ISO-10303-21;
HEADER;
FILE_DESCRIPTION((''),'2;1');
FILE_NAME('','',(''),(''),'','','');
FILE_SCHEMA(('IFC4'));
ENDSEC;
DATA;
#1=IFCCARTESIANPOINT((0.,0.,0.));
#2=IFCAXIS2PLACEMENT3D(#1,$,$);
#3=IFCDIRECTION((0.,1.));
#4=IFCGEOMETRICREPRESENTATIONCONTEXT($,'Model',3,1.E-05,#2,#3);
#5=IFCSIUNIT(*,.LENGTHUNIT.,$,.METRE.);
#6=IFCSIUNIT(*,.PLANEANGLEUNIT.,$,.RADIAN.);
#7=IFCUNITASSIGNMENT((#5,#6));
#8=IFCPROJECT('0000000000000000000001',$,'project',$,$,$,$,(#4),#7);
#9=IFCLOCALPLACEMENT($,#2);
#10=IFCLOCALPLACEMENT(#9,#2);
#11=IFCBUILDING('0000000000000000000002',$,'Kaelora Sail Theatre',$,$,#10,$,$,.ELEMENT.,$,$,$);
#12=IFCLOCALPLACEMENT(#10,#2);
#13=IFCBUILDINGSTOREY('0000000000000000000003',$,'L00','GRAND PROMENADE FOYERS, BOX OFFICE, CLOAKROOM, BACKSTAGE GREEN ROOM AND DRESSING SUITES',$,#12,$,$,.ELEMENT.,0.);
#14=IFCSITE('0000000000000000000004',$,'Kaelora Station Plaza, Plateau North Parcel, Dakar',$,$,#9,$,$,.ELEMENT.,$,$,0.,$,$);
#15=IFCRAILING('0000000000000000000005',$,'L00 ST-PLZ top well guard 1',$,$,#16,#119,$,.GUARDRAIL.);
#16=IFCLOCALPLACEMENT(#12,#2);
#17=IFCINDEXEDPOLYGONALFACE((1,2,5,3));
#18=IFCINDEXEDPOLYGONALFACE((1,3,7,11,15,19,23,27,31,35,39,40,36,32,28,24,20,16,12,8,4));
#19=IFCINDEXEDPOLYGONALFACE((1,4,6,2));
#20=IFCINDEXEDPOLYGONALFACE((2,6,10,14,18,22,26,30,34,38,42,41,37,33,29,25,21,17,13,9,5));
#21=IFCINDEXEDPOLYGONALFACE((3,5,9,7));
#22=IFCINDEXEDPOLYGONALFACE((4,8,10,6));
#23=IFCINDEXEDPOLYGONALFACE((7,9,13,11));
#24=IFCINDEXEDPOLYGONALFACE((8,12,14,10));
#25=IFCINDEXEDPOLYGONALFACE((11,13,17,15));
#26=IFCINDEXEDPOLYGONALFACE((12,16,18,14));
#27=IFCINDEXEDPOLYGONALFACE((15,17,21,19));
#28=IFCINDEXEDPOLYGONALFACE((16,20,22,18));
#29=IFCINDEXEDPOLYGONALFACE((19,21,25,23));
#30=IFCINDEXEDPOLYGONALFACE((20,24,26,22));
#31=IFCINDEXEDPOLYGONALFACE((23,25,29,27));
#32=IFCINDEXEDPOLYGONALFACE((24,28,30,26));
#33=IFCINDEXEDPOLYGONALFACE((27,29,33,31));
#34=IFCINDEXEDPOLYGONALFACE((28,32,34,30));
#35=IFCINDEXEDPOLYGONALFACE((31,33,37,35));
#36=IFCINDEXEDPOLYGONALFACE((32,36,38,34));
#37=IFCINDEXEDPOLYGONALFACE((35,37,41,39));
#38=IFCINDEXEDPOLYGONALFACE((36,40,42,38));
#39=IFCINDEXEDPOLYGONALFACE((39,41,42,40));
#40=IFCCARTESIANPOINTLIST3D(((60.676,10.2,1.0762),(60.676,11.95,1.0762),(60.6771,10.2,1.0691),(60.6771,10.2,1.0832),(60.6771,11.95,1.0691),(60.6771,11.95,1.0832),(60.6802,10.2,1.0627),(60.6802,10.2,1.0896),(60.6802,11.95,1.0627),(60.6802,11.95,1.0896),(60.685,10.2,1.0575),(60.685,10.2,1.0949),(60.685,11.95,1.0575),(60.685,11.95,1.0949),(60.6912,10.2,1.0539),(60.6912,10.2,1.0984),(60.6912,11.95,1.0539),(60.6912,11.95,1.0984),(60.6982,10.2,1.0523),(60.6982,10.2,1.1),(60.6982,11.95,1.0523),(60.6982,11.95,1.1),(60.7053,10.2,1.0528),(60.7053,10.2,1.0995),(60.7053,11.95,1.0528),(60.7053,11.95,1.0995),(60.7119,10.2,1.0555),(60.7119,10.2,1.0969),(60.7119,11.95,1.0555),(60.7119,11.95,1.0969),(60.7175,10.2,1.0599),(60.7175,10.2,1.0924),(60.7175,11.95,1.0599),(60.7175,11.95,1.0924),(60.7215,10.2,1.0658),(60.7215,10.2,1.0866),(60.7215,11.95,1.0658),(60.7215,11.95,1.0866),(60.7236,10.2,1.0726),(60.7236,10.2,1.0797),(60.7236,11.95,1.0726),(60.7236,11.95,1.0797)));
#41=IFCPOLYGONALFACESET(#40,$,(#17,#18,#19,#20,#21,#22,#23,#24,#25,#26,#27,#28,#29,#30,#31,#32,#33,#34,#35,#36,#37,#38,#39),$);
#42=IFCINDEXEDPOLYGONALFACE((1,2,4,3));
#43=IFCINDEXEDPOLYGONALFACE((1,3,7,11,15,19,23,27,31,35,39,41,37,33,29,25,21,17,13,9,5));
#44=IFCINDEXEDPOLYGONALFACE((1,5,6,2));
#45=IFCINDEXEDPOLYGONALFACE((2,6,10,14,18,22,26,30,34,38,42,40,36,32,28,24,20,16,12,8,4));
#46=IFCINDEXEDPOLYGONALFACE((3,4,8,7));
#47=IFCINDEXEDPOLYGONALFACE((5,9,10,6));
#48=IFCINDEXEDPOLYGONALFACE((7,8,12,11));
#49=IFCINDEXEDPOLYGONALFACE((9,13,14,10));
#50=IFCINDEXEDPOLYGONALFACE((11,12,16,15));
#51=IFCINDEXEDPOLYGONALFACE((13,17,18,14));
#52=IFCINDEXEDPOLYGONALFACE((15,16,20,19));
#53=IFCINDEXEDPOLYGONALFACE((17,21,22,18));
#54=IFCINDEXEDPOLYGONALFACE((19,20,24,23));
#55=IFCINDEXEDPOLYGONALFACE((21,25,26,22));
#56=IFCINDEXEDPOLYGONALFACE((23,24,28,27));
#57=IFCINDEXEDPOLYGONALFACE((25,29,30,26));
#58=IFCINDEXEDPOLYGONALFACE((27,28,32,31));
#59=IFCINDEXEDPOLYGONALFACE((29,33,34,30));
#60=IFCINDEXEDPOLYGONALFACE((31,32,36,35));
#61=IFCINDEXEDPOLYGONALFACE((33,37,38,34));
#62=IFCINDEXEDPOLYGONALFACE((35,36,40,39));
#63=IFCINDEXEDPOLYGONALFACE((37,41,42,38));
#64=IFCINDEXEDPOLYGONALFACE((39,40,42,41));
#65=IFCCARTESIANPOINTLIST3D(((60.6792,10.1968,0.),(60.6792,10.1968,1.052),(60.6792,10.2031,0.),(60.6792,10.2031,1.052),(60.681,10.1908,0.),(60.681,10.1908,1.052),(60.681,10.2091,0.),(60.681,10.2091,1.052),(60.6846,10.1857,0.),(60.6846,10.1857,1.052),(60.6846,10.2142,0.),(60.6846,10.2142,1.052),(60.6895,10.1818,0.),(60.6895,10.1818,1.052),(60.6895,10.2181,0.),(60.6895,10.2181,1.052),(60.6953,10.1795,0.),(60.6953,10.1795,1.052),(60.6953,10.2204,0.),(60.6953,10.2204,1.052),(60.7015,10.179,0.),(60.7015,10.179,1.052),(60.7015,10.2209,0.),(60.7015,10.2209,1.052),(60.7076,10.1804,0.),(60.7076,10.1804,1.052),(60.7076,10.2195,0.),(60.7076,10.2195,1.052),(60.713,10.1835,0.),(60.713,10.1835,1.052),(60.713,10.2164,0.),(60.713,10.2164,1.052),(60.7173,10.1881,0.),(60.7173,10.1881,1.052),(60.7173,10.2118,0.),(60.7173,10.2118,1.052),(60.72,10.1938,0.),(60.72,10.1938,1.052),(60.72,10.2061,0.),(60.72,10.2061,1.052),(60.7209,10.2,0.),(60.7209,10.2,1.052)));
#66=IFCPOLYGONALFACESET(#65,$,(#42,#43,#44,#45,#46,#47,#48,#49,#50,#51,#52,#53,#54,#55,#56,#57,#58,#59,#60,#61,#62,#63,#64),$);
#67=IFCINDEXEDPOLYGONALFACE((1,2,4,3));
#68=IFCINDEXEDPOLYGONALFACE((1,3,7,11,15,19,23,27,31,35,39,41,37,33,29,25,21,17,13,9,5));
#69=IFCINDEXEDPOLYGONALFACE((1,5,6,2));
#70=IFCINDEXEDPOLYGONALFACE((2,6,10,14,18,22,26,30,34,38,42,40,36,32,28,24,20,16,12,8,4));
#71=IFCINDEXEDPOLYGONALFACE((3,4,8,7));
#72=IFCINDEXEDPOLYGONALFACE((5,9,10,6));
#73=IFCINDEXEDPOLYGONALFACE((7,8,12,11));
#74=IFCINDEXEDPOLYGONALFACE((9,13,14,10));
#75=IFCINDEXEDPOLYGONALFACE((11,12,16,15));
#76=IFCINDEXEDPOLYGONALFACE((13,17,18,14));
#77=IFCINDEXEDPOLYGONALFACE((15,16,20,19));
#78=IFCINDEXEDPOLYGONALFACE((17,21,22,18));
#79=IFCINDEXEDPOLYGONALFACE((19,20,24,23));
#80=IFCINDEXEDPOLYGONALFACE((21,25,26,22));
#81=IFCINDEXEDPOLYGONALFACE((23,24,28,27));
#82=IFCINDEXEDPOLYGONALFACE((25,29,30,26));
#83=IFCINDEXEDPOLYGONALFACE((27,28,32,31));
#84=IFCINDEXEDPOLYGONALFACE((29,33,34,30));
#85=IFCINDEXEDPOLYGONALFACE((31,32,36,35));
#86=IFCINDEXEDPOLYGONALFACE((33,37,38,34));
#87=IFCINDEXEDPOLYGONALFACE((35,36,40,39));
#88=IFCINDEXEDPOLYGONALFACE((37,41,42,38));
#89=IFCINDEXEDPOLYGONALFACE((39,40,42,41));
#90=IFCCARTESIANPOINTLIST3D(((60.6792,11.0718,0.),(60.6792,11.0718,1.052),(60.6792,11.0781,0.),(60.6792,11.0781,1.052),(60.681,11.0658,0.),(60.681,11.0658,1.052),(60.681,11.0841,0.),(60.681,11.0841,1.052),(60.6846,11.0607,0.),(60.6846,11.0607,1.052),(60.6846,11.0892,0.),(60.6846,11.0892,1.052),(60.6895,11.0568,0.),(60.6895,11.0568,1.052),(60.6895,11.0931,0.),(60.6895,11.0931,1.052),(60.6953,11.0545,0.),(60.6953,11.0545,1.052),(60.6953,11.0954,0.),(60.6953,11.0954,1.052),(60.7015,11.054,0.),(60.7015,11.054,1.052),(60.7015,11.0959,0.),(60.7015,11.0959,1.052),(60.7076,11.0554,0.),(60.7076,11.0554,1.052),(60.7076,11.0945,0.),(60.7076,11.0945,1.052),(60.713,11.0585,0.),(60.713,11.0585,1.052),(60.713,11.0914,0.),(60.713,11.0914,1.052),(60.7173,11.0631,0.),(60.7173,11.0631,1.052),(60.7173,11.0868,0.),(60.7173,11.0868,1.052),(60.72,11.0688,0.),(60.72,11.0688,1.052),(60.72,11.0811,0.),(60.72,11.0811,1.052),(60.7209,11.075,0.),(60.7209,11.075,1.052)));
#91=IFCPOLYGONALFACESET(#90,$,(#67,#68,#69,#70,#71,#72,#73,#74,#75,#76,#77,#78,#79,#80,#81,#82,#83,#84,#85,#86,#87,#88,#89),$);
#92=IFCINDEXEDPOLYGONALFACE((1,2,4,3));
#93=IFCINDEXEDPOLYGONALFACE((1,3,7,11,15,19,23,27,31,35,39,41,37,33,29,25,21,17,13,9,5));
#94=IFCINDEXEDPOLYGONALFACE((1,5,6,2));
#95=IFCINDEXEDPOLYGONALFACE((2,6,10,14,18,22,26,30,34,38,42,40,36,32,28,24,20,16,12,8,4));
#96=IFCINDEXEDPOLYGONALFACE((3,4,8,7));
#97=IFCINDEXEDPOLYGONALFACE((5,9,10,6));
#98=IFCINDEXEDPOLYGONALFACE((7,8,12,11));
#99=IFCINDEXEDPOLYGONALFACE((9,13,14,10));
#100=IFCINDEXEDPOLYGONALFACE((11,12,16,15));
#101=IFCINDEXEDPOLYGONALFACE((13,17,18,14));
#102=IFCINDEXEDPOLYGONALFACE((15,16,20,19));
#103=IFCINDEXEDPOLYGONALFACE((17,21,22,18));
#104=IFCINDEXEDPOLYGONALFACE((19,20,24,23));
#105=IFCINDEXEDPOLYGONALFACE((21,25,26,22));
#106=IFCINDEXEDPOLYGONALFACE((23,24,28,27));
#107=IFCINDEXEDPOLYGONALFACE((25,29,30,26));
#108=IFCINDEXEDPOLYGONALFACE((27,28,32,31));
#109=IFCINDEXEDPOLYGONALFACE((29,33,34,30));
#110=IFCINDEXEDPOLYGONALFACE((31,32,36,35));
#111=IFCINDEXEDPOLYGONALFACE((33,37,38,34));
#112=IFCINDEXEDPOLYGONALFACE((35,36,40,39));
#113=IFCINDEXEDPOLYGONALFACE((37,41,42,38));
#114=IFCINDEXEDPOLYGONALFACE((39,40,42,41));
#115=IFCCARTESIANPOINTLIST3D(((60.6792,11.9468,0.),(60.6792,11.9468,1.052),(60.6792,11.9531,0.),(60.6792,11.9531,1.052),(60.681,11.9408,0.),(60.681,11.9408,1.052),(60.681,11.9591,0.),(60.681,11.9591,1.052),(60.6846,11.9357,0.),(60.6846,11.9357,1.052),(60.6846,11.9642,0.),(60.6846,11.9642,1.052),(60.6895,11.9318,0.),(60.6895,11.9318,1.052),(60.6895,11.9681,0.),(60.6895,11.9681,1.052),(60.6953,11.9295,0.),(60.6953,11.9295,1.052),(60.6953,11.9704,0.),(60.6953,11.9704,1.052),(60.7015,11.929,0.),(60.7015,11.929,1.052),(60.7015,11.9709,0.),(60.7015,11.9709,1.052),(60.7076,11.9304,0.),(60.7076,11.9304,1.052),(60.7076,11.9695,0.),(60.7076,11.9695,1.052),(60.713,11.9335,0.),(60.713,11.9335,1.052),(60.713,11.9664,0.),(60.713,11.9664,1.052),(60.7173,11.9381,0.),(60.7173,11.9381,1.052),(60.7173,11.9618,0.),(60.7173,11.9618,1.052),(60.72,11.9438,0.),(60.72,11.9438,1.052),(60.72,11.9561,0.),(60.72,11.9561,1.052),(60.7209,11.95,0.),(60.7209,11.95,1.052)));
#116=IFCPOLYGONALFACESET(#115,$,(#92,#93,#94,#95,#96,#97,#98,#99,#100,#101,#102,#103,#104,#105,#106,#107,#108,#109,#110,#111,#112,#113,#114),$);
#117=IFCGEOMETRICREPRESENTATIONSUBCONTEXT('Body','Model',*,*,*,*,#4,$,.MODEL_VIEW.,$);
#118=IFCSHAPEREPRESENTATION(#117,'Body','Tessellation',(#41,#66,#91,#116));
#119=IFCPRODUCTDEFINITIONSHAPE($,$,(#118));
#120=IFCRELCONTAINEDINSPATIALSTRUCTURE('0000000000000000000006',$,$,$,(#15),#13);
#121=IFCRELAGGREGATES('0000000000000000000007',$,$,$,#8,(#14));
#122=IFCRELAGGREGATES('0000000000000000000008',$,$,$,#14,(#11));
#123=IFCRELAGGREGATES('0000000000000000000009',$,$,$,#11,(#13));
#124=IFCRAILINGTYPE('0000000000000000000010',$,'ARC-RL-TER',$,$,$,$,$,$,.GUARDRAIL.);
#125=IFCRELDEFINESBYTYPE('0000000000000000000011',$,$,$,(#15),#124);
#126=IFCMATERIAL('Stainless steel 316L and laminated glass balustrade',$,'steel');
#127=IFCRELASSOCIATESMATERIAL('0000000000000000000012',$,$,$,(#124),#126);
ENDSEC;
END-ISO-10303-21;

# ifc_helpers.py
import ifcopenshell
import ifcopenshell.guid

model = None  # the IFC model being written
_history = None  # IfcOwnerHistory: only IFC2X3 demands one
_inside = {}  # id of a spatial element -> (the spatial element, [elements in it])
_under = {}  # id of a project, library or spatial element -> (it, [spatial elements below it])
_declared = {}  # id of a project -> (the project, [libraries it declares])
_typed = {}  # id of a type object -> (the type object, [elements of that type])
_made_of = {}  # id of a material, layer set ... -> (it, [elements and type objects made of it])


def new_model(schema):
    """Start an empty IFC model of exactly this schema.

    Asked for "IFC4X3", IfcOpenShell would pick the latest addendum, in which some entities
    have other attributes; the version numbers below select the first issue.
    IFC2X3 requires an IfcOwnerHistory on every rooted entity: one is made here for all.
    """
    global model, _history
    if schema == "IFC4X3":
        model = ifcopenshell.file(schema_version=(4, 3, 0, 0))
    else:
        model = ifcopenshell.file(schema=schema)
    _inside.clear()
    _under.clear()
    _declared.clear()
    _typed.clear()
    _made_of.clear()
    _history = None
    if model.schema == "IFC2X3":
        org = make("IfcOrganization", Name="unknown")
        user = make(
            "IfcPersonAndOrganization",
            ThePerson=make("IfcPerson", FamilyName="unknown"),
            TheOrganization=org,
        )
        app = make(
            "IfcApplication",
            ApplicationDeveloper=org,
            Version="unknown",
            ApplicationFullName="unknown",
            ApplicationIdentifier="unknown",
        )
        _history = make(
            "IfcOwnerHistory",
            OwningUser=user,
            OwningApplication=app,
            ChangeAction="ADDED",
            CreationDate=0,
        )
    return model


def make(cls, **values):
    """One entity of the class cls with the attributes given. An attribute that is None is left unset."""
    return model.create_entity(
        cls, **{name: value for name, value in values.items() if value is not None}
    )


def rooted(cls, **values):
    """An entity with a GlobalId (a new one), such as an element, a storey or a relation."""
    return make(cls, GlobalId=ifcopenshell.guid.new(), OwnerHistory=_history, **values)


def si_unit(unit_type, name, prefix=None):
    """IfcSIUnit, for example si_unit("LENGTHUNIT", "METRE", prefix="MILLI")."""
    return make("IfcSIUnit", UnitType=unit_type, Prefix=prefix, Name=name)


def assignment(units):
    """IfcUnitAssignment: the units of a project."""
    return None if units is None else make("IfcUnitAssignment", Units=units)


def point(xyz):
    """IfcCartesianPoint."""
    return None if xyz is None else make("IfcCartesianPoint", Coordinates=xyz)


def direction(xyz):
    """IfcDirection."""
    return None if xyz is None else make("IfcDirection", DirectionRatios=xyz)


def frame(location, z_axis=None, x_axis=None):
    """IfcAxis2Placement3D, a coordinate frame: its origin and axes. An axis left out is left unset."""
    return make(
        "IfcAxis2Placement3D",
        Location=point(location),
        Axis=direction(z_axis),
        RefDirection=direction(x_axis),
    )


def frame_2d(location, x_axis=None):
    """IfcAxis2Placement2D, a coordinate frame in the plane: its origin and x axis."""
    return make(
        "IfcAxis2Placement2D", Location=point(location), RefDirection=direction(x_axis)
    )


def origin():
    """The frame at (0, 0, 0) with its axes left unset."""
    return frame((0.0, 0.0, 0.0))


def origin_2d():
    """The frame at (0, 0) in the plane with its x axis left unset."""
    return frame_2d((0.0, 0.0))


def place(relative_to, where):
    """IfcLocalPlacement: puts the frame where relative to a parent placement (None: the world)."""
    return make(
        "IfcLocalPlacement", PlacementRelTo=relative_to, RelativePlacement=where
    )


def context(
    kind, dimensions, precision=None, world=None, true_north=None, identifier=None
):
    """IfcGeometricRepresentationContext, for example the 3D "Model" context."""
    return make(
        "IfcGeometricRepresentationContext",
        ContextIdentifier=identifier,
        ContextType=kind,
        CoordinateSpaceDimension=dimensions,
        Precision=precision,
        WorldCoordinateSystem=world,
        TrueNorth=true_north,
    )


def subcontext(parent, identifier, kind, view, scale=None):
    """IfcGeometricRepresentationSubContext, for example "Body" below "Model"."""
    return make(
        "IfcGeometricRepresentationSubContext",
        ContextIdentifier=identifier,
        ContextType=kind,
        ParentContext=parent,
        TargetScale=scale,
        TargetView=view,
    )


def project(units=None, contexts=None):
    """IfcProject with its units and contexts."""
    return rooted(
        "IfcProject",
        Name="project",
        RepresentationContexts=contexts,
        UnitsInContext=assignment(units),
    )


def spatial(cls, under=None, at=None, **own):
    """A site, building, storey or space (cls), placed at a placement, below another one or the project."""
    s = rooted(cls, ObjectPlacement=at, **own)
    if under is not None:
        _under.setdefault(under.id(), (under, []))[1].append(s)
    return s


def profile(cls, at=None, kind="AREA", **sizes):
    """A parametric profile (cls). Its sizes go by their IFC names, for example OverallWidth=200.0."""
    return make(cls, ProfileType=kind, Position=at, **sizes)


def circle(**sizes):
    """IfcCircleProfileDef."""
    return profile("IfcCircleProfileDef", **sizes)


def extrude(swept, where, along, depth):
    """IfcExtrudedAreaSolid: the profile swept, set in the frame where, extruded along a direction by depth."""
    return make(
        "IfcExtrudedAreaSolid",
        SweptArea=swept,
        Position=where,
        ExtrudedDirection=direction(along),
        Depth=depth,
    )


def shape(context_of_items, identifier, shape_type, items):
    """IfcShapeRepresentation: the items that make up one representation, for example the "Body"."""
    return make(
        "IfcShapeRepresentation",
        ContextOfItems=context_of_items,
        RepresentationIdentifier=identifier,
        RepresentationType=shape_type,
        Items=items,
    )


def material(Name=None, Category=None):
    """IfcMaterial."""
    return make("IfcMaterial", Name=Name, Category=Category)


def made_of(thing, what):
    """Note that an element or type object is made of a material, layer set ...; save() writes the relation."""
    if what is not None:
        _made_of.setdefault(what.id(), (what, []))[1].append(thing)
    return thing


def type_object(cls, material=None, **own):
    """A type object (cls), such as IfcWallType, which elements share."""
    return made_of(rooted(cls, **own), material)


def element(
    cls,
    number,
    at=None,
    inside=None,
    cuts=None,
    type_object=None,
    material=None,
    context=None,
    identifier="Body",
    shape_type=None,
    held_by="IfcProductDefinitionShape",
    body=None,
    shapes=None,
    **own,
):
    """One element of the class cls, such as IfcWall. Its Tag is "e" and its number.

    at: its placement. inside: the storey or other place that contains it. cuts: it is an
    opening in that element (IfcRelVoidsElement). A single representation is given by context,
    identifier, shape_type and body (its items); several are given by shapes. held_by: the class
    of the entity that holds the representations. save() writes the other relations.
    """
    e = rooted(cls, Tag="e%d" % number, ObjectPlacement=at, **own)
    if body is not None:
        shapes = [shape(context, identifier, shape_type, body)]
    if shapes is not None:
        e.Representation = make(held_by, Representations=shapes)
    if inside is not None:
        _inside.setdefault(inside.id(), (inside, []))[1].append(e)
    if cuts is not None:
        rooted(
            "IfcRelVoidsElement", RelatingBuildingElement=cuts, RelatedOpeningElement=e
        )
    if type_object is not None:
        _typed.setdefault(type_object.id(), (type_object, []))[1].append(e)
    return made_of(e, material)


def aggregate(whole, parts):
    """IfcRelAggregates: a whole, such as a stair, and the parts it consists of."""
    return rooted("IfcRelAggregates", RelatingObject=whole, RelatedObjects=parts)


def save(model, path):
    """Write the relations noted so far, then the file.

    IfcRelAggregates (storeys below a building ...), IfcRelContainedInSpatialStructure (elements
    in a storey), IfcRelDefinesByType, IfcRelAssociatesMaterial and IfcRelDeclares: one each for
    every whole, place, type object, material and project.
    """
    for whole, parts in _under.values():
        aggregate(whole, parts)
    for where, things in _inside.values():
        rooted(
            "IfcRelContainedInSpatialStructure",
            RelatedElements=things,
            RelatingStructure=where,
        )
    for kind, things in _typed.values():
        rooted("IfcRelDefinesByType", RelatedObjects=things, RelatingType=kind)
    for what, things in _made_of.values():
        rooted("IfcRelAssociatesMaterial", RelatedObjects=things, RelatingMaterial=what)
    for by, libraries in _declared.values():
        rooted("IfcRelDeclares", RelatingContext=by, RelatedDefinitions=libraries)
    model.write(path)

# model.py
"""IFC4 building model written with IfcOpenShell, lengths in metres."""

from ifc_helpers import new_model, si_unit, direction, frame, origin, origin_2d, place, context, subcontext, project, spatial, circle, extrude, material, type_object, element, save


model = new_model("IFC4")

# Units and contexts
model_context = context("Model", 3, precision=1e-05, world=origin(), true_north=direction((0.0, 1.0)))
body_context = subcontext(model_context, "Body", "Model", "MODEL_VIEW")
ifc_project = project(units=[si_unit("LENGTHUNIT", "METRE"), si_unit("PLANEANGLEUNIT", "RADIAN")], contexts=[model_context])

# Site, building, storey
site_placement = place(None, origin())
site = spatial("IfcSite", under=ifc_project, at=site_placement, Name="Kaelora Station Plaza, Plateau North Parcel, Dakar", CompositionType="ELEMENT", RefElevation=0.0)
building_placement = place(site_placement, origin())
building = spatial("IfcBuilding", under=site, at=building_placement, Name="Kaelora Sail Theatre", CompositionType="ELEMENT")
storey_placement = place(building_placement, origin())
storey = spatial("IfcBuildingStorey", under=building, at=storey_placement, Name="L00", Description="GRAND PROMENADE FOYERS, BOX OFFICE, CLOAKROOM, BACKSTAGE GREEN ROOM AND DRESSING SUITES", CompositionType="ELEMENT", Elevation=0.0)

# Railing
ifc_material_1 = material(Name="Stainless steel 316L and laminated glass balustrade", Category="steel")
railing_type = type_object("IfcRailingType", Name="ARC-RL-TER", PredefinedType="GUARDRAIL", material=ifc_material_1)
railing_1_placement = place(storey_placement, frame((60.7, 10.2, 0.0)))
element("IfcRailing", 1, at=railing_1_placement, inside=storey, type_object=railing_type, Name="L00 ST-PLZ top well guard 1", PredefinedType="GUARDRAIL", context=body_context, shape_type="SweptSolid", body=[
    extrude(circle(Radius=0.0239, at=origin_2d()), frame((0.0, 0.0, 1.0762), z_axis=(0.0, 1.0, 0.0), x_axis=(-1.0, 0.0, 0.0)), (0.0, 0.0, 1.0), 1.75),
    extrude(circle(Radius=0.021, at=origin_2d()), origin(), (0.0, 0.0, 1.0), 1.052),
    extrude(circle(Radius=0.021, at=origin_2d()), frame((0.0, 0.875, 0.0)), (0.0, 0.0, 1.0), 1.052),
    extrude(circle(Radius=0.021, at=origin_2d()), frame((0.0, 1.75, 0.0)), (0.0, 0.0, 1.0), 1.052),
])

save(model, "model.ifc")
